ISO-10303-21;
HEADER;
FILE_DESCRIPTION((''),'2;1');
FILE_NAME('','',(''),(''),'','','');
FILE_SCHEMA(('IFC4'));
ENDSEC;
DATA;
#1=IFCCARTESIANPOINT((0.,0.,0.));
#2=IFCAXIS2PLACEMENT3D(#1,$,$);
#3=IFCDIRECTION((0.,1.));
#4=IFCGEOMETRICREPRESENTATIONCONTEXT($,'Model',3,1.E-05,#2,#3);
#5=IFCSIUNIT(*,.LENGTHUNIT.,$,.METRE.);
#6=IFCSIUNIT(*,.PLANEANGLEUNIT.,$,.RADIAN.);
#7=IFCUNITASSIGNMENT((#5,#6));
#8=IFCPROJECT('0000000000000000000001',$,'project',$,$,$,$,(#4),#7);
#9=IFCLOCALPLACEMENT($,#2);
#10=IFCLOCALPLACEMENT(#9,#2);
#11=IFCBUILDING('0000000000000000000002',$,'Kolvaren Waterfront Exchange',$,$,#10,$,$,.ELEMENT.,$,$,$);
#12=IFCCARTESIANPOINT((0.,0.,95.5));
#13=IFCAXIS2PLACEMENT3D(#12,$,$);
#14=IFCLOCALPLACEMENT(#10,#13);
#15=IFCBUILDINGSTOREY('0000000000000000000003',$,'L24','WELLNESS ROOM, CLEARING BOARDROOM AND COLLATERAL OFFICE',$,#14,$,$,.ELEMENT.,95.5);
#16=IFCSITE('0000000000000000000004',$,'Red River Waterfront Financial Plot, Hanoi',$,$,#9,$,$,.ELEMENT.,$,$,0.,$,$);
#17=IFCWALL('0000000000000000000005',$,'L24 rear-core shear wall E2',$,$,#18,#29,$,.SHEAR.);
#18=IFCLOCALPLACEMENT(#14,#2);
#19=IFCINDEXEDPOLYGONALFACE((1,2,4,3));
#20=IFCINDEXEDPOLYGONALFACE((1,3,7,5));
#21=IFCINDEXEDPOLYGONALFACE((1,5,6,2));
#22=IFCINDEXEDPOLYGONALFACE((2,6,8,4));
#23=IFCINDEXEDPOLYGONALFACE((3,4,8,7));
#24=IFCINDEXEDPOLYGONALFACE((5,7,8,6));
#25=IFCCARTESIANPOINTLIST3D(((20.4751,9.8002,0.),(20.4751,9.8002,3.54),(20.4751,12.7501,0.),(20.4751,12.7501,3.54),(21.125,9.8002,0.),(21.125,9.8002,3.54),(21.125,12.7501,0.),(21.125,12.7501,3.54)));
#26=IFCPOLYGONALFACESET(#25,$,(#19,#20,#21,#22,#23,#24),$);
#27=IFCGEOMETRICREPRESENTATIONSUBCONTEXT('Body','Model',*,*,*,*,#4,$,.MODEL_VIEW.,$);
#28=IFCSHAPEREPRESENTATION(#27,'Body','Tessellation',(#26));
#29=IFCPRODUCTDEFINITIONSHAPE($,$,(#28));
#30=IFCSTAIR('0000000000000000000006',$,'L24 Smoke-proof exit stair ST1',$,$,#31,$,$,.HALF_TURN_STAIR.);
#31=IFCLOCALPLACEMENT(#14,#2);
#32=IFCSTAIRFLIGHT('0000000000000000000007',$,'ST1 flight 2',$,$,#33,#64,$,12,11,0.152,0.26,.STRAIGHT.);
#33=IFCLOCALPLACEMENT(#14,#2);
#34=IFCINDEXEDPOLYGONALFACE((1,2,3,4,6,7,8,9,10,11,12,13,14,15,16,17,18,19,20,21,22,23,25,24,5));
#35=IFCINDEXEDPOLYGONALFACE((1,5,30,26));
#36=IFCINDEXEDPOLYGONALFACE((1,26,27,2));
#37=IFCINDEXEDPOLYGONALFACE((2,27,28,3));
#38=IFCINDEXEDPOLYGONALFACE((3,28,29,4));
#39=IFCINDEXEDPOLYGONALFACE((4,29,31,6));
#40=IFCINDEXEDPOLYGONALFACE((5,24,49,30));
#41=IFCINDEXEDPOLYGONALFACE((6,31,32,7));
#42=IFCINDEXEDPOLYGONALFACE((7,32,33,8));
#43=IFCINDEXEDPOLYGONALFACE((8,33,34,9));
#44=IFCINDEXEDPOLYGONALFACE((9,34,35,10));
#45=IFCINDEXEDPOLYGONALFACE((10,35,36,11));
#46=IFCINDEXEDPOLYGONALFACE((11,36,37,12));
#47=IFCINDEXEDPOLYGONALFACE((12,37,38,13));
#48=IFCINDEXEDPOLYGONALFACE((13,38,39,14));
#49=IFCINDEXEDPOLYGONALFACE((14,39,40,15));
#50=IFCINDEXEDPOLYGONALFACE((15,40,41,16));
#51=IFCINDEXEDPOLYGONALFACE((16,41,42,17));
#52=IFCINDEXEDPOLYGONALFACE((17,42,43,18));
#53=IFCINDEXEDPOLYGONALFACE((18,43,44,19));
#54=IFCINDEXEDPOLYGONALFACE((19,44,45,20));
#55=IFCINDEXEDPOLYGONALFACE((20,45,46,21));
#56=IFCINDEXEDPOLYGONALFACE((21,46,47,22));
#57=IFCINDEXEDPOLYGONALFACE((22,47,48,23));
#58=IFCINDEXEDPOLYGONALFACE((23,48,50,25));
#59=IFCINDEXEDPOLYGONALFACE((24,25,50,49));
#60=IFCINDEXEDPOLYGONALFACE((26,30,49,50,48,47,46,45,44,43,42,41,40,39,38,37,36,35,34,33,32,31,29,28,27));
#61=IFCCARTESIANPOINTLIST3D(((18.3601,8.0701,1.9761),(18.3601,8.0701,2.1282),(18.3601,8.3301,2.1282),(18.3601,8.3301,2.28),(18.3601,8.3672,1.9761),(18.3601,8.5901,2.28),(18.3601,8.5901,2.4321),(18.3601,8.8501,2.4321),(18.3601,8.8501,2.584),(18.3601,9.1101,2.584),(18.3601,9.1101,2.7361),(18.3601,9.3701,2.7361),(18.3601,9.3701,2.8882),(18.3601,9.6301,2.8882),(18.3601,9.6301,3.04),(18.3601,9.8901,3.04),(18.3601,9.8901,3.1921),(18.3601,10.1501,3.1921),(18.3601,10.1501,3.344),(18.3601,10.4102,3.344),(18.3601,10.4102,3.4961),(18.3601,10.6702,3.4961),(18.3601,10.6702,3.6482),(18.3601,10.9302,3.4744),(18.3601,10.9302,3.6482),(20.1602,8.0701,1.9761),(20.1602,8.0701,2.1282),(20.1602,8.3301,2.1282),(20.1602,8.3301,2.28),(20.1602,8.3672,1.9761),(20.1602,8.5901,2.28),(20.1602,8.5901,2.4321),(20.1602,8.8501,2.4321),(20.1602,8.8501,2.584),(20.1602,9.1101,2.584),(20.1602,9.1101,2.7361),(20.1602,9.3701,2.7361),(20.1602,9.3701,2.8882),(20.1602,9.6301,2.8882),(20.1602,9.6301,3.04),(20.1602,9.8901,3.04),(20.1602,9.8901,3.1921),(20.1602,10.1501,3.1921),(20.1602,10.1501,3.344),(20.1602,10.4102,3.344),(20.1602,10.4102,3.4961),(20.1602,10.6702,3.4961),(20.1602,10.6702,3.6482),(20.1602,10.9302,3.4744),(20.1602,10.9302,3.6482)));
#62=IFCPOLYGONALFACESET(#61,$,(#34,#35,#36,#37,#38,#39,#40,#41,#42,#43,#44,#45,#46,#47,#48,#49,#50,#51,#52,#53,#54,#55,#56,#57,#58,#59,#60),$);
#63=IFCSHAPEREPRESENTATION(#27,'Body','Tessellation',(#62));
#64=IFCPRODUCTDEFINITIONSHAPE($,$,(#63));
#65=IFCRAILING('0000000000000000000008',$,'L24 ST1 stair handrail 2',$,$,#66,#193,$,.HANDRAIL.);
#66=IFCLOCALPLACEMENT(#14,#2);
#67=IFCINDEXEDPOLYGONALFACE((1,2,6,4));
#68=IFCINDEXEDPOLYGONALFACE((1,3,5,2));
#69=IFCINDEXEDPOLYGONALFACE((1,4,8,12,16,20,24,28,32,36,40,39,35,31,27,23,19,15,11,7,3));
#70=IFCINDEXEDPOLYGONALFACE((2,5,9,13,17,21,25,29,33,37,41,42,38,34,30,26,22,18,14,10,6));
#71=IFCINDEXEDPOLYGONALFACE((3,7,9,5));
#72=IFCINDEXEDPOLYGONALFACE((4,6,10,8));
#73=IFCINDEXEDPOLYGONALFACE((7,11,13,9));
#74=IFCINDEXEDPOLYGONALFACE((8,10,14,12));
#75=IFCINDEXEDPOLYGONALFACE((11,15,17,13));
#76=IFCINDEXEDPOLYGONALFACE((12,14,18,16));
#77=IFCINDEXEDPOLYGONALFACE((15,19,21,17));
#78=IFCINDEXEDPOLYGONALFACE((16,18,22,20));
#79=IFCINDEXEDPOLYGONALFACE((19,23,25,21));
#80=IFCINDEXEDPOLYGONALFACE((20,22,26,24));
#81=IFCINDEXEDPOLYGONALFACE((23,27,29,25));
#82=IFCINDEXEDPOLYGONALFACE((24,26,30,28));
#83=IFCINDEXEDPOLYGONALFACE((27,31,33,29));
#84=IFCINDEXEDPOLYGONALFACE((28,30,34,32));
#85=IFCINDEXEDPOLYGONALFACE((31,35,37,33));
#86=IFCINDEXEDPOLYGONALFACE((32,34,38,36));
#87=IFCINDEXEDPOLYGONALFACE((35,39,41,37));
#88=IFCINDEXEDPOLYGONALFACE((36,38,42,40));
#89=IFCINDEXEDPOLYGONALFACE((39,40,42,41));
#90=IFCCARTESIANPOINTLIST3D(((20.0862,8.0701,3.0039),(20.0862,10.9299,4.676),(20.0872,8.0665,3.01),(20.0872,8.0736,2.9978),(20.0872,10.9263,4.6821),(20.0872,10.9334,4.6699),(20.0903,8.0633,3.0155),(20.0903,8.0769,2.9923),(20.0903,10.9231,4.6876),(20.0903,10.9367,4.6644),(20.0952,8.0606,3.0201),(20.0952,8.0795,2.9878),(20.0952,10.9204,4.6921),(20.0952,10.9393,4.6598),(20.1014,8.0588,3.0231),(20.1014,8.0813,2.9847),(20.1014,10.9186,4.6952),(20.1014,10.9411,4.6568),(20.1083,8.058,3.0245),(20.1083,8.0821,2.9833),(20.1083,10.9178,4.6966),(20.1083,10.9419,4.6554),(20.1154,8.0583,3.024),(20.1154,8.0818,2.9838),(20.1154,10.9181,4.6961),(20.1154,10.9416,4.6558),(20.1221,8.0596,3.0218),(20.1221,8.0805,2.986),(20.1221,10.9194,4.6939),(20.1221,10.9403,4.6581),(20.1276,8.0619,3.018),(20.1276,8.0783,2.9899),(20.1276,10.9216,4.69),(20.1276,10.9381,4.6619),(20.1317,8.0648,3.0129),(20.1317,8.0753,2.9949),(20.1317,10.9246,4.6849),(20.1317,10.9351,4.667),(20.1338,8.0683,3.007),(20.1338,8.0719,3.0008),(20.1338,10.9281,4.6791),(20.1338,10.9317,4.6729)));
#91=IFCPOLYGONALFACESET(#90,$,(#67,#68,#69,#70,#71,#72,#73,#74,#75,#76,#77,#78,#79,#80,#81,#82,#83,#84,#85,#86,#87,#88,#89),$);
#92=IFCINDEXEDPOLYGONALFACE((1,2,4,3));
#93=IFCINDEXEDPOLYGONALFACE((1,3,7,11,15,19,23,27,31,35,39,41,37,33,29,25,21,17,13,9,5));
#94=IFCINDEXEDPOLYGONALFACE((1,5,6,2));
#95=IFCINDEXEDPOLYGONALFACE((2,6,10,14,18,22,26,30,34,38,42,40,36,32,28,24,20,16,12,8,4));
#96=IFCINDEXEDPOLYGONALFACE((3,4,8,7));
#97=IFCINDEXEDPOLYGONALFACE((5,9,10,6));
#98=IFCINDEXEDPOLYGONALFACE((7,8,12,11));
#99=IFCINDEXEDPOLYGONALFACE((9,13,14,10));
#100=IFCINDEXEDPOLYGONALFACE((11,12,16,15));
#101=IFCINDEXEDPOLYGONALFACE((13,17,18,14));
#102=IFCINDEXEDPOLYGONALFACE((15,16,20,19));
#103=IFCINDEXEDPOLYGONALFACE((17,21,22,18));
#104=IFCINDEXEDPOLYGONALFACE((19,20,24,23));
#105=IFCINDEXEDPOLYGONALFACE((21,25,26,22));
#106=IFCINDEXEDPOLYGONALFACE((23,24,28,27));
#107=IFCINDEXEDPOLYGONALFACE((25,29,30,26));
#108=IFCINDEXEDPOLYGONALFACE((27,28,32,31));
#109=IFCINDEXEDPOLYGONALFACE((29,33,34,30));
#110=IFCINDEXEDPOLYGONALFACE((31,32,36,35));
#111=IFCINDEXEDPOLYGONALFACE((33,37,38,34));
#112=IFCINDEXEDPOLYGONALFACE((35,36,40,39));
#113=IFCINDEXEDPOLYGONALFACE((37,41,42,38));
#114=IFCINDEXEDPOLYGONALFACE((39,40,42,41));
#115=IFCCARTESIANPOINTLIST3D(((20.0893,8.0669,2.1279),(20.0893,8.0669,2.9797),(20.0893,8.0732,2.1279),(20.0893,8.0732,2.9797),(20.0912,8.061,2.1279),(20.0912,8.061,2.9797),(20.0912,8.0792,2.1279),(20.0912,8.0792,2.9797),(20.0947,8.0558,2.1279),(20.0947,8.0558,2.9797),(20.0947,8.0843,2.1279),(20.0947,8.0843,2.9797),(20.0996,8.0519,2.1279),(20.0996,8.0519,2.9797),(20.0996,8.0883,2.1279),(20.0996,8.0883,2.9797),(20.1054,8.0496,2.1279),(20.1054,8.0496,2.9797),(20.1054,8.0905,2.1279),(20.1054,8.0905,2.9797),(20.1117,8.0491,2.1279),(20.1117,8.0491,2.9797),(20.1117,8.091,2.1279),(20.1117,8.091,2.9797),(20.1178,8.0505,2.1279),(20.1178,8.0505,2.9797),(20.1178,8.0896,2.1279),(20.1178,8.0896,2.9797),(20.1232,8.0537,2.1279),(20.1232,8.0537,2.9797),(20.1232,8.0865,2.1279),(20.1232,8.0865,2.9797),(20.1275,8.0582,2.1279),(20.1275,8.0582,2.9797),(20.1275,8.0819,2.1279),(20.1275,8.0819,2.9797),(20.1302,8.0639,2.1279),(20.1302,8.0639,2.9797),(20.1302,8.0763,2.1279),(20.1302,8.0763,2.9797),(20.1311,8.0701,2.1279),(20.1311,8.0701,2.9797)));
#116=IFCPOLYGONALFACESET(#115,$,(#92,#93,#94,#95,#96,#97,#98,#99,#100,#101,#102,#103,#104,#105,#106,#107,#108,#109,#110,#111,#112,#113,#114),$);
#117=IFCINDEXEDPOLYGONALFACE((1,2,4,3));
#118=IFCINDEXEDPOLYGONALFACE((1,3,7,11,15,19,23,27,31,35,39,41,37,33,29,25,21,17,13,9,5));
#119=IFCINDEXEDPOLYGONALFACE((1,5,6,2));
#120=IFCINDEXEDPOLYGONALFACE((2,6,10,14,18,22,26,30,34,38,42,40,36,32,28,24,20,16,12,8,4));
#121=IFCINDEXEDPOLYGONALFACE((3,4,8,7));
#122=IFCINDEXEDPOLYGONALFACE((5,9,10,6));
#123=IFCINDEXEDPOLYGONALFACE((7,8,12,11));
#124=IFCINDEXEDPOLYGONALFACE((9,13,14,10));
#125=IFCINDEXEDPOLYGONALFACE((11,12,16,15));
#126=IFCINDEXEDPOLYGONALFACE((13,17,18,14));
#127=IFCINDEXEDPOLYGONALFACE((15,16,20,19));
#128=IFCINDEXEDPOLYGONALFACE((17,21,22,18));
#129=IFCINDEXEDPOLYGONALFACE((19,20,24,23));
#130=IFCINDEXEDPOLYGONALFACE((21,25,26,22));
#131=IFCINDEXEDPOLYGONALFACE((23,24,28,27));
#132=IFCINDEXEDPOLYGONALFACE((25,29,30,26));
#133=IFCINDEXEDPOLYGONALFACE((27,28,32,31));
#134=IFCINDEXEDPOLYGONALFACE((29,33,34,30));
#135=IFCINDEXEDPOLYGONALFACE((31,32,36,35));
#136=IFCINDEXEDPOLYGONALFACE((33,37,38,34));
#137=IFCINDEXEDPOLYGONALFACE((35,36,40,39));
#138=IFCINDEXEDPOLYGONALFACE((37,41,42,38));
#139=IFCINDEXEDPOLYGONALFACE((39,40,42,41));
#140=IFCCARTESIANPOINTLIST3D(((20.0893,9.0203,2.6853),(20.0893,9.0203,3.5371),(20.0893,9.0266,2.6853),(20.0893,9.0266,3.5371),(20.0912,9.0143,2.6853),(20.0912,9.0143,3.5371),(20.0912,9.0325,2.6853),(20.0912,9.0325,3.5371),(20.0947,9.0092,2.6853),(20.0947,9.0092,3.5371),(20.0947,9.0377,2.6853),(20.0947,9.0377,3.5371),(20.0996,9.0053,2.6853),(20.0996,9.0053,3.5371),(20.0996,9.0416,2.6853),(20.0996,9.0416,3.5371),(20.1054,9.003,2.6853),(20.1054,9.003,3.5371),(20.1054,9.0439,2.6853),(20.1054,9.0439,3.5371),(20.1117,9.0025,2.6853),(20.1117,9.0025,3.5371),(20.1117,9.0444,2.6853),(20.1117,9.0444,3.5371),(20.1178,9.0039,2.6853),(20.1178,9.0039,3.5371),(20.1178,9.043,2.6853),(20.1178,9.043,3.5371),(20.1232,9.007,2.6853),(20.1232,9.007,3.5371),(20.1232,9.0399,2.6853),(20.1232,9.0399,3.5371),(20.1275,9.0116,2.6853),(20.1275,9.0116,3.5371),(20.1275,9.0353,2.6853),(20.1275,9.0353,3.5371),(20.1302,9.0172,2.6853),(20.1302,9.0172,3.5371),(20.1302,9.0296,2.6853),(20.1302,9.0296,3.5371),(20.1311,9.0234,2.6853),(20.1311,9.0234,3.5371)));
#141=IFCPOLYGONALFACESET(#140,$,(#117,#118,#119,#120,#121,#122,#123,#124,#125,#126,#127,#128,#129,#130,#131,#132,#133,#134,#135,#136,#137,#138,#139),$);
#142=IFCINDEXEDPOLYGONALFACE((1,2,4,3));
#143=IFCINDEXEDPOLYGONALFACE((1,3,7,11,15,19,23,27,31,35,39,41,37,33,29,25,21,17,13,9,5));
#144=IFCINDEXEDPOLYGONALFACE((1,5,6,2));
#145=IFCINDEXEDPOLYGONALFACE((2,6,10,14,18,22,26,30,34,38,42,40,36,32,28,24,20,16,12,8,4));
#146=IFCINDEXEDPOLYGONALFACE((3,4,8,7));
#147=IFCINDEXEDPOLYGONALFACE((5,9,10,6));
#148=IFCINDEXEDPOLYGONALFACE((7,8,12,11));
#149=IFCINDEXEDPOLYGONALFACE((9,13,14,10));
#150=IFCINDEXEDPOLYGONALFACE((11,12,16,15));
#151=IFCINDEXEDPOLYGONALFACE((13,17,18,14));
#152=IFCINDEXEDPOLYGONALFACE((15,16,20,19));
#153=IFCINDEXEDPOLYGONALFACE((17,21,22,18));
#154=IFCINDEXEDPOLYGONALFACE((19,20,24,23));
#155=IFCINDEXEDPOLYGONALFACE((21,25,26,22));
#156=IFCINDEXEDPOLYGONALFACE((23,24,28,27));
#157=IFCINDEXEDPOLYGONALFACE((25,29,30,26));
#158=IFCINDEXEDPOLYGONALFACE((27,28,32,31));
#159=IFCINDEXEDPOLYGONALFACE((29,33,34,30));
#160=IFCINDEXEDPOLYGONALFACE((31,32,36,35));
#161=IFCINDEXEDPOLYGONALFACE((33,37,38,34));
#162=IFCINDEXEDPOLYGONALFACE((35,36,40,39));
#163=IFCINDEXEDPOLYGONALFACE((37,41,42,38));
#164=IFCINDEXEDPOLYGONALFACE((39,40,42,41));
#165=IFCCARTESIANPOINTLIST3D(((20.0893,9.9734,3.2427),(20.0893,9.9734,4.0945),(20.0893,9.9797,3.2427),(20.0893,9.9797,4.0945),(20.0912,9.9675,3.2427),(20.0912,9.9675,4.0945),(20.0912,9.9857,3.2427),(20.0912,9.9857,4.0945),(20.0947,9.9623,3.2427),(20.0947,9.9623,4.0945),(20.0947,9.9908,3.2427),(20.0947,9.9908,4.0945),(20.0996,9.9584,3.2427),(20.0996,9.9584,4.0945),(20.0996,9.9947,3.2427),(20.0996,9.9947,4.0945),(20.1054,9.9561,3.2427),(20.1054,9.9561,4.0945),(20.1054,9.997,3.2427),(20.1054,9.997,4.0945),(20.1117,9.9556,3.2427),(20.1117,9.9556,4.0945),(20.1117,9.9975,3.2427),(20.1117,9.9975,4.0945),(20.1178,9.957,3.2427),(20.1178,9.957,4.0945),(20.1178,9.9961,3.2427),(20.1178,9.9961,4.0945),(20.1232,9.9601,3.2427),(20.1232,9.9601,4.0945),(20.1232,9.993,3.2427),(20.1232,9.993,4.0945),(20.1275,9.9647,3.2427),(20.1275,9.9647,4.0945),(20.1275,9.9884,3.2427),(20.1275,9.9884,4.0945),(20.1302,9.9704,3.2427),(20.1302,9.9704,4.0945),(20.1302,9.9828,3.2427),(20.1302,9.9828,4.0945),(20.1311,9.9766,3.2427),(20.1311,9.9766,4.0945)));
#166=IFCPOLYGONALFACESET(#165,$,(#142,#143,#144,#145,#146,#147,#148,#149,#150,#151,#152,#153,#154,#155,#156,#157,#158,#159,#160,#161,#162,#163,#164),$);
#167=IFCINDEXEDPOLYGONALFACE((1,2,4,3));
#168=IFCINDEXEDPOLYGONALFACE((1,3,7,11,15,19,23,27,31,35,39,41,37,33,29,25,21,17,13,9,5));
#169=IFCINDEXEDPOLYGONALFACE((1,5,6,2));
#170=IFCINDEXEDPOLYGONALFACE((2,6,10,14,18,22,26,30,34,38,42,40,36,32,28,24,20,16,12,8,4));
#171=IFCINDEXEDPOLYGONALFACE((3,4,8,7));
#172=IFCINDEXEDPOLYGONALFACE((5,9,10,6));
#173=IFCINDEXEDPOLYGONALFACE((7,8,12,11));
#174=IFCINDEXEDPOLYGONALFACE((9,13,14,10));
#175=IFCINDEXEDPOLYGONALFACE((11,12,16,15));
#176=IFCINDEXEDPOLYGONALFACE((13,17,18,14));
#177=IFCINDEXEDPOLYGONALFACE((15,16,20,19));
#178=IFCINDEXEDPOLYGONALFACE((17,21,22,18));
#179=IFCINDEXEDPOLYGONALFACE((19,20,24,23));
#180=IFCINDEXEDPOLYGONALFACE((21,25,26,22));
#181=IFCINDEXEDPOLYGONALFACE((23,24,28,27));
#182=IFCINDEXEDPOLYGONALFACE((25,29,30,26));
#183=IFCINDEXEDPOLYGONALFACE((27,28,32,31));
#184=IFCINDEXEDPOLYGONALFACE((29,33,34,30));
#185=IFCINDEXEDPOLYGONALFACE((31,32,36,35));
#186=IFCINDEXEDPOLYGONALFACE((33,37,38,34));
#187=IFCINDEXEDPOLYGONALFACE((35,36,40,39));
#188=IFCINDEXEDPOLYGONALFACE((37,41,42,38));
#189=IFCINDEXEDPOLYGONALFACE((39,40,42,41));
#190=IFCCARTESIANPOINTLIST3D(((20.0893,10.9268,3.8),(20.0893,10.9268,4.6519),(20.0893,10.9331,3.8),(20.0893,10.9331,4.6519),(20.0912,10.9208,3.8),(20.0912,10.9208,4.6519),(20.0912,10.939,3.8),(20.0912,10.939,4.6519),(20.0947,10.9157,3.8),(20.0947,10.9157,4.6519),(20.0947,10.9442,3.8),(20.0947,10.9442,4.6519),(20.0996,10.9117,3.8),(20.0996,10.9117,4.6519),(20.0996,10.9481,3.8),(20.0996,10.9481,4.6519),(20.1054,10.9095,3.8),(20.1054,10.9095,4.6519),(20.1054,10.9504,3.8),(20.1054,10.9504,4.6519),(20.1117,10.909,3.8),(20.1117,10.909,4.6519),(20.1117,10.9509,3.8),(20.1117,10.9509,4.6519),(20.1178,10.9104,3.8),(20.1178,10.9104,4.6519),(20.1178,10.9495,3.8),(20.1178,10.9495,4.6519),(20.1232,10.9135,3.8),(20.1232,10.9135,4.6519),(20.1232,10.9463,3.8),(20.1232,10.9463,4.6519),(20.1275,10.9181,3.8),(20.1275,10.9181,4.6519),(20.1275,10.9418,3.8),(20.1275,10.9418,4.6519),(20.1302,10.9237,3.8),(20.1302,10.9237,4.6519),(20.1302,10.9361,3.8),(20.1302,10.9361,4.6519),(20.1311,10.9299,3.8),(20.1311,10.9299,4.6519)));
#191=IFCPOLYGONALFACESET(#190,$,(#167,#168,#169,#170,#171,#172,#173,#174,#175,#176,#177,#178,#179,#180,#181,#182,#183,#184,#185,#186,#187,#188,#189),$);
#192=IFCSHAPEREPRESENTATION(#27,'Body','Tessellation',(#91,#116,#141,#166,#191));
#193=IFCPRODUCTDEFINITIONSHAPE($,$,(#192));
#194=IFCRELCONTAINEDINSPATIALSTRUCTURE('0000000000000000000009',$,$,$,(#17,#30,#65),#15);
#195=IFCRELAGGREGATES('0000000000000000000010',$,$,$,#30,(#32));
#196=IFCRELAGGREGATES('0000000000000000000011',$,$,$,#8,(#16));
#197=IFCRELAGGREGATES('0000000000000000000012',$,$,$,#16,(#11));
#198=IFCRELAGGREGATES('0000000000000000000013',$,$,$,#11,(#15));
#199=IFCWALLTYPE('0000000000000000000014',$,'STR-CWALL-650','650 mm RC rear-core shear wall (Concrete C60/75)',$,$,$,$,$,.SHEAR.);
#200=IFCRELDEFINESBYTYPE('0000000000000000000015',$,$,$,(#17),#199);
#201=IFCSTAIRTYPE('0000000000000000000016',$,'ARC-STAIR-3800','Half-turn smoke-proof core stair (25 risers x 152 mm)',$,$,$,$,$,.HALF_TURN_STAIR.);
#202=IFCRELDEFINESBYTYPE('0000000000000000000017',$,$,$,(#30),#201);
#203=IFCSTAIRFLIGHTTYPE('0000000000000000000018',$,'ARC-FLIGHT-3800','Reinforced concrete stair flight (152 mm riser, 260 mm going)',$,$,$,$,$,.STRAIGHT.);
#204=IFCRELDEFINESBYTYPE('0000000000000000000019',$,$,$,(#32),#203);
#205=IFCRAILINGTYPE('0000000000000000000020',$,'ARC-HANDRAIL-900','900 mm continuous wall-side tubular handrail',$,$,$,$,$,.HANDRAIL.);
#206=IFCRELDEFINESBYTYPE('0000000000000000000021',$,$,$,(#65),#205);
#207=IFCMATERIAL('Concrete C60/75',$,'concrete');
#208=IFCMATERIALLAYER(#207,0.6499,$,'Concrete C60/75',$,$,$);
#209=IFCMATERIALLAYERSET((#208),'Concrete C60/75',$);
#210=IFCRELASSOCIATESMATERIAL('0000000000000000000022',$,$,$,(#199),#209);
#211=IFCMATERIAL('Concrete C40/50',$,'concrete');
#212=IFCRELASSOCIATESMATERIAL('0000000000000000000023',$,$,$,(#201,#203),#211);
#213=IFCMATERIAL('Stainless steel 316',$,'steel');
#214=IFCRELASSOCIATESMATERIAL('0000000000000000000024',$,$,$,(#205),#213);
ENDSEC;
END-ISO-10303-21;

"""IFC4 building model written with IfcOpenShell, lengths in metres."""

from ifc_helpers import new_model, si_unit, direction, frame, frame_2d, origin, origin_2d, place, context, subcontext, project, spatial, polyline, rectangle, circle, outline, extrude, material, layer, layer_set, type_object, element, aggregate, save


model = new_model("IFC4")

# Units and contexts
model_context = context("Model", 3, precision=1e-05, world=origin(), true_north=direction((0.0, 1.0)))
body_context = subcontext(model_context, "Body", "Model", "MODEL_VIEW")
ifc_project = project(units=[si_unit("LENGTHUNIT", "METRE"), si_unit("PLANEANGLEUNIT", "RADIAN")], contexts=[model_context])

# Site, building, storey
site_placement = place(None, origin())
site = spatial("IfcSite", under=ifc_project, at=site_placement, Name="Red River Waterfront Financial Plot, Hanoi", CompositionType="ELEMENT", RefElevation=0.0)
building_placement = place(site_placement, origin())
building = spatial("IfcBuilding", under=site, at=building_placement, Name="Kolvaren Waterfront Exchange", CompositionType="ELEMENT")
storey_placement = place(building_placement, frame((0.0, 0.0, 95.5)))
storey = spatial("IfcBuildingStorey", under=building, at=storey_placement, Name="L24", Description="WELLNESS ROOM, CLEARING BOARDROOM AND COLLATERAL OFFICE", CompositionType="ELEMENT", Elevation=95.5)

# Shared definitions
ifc_material_1 = material(Name="Concrete C60/75", Category="concrete")

# Shared definitions
ifc_material_2 = material(Name="Concrete C40/50", Category="concrete")

# Wall
ifc_layer_1 = layer(ifc_material_1, 0.6499, Name="Concrete C60/75")
ifc_layer_set_1 = layer_set([ifc_layer_1], Name="Concrete C60/75")
wall_type_1 = type_object("IfcWallType", Name="STR-CWALL-650", Description="650 mm RC rear-core shear wall (Concrete C60/75)", PredefinedType="SHEAR", material=ifc_layer_set_1)
wall_1_placement = place(storey_placement, frame((20.8, 9.8, 0.0), z_axis=(0.0, 0.0, 1.0), x_axis=(0.0, 1.0, 0.0)))
element("IfcWall", 1, at=wall_1_placement, inside=storey, type_object=wall_type_1, Name="L24 rear-core shear wall E2", PredefinedType="SHEAR", context=body_context, shape_type="SweptSolid", body=[
    extrude(rectangle(XDim=2.95, YDim=0.6499, at=frame_2d((1.4751, 0.0))), origin(), (0.0, 0.0, 1.0), 3.54),
])

# Stair, stair flight
stair_type = type_object("IfcStairType", Name="ARC-STAIR-3800", Description="Half-turn smoke-proof core stair (25 risers x 152 mm)", PredefinedType="HALF_TURN_STAIR", material=ifc_material_2)
stair_placement = place(storey_placement, origin())
stair = element("IfcStair", 2, at=stair_placement, inside=storey, type_object=stair_type, Name="L24 Smoke-proof exit stair ST1", PredefinedType="HALF_TURN_STAIR")
stair_flight_type = type_object("IfcStairFlightType", Name="ARC-FLIGHT-3800", Description="Reinforced concrete stair flight (152 mm riser, 260 mm going)", PredefinedType="STRAIGHT", material=ifc_material_2)
stair_flight_placement = place(storey_placement, frame((19.26, 8.0701, 1.9761), z_axis=(0.0, 0.0, 1.0), x_axis=(0.0, 1.0, 0.0)))
stair_flight = element("IfcStairFlight", 3, at=stair_flight_placement, type_object=stair_flight_type, Name="ST1 flight 2", NumberOfRisers=12, NumberOfTreads=11, PredefinedType="STRAIGHT", RiserHeight=0.152, TreadLength=0.26, context=body_context, shape_type="SweptSolid", body=[
    extrude(outline(polyline([(0.0, 0.0), (0.0, 0.1521), (0.26, 0.1521), (0.26, 0.304), (0.52, 0.304), (0.52, 0.4561), (0.78, 0.4561), (0.78, 0.6079), (1.04, 0.6079), (1.04, 0.76), (1.3, 0.76), (1.3, 0.9121), (1.5601, 0.9121), (1.5601, 1.064), (1.8201, 1.064), (1.8201, 1.2161), (2.0801, 1.2161), (2.0801, 1.3679), (2.3401, 1.3679), (2.3401, 1.52), (2.6001, 1.52), (2.6001, 1.6721), (2.8601, 1.6721), (2.8601, 1.824), (2.8601, 1.4983), (0.2971, 0.0), (0.0, 0.0)])), frame((0.0, 0.8999, 0.0), z_axis=(0.0, -1.0, 0.0), x_axis=(1.0, 0.0, 0.0)), (0.0, 0.0, 1.0), 1.8),
])
aggregate(stair, [stair_flight])

# Railing
ifc_material_3 = material(Name="Stainless steel 316", Category="steel")
railing_type = type_object("IfcRailingType", Name="ARC-HANDRAIL-900", Description="900 mm continuous wall-side tubular handrail", PredefinedType="HANDRAIL", material=ifc_material_3)
railing_1_placement = place(storey_placement, frame((20.1101, 8.0701, 2.1279)))
element("IfcRailing", 4, at=railing_1_placement, inside=storey, type_object=railing_type, Name="L24 ST1 stair handrail 2", PredefinedType="HANDRAIL", context=body_context, shape_type="SweptSolid", body=[
    extrude(circle(Radius=0.0239, at=origin_2d()), frame((0.0, 0.0, 0.876), z_axis=(0.0, 0.863271, 0.504741), x_axis=(-1.0, 0.0, 0.0)), (0.0, 0.0, 1.0), 3.3127),
    extrude(circle(Radius=0.021, at=origin_2d()), origin(), (0.0, 0.0, 1.0), 0.8518),
    extrude(circle(Radius=0.021, at=origin_2d()), frame((0.0, 0.9534, 0.5574)), (0.0, 0.0, 1.0), 0.8518),
    extrude(circle(Radius=0.021, at=origin_2d()), frame((0.0, 1.9065, 1.1147)), (0.0, 0.0, 1.0), 0.8518),
    extrude(circle(Radius=0.021, at=origin_2d()), frame((0.0, 2.8599, 1.6721)), (0.0, 0.0, 1.0), 0.8518),
])

save(model, "model.ifc")
